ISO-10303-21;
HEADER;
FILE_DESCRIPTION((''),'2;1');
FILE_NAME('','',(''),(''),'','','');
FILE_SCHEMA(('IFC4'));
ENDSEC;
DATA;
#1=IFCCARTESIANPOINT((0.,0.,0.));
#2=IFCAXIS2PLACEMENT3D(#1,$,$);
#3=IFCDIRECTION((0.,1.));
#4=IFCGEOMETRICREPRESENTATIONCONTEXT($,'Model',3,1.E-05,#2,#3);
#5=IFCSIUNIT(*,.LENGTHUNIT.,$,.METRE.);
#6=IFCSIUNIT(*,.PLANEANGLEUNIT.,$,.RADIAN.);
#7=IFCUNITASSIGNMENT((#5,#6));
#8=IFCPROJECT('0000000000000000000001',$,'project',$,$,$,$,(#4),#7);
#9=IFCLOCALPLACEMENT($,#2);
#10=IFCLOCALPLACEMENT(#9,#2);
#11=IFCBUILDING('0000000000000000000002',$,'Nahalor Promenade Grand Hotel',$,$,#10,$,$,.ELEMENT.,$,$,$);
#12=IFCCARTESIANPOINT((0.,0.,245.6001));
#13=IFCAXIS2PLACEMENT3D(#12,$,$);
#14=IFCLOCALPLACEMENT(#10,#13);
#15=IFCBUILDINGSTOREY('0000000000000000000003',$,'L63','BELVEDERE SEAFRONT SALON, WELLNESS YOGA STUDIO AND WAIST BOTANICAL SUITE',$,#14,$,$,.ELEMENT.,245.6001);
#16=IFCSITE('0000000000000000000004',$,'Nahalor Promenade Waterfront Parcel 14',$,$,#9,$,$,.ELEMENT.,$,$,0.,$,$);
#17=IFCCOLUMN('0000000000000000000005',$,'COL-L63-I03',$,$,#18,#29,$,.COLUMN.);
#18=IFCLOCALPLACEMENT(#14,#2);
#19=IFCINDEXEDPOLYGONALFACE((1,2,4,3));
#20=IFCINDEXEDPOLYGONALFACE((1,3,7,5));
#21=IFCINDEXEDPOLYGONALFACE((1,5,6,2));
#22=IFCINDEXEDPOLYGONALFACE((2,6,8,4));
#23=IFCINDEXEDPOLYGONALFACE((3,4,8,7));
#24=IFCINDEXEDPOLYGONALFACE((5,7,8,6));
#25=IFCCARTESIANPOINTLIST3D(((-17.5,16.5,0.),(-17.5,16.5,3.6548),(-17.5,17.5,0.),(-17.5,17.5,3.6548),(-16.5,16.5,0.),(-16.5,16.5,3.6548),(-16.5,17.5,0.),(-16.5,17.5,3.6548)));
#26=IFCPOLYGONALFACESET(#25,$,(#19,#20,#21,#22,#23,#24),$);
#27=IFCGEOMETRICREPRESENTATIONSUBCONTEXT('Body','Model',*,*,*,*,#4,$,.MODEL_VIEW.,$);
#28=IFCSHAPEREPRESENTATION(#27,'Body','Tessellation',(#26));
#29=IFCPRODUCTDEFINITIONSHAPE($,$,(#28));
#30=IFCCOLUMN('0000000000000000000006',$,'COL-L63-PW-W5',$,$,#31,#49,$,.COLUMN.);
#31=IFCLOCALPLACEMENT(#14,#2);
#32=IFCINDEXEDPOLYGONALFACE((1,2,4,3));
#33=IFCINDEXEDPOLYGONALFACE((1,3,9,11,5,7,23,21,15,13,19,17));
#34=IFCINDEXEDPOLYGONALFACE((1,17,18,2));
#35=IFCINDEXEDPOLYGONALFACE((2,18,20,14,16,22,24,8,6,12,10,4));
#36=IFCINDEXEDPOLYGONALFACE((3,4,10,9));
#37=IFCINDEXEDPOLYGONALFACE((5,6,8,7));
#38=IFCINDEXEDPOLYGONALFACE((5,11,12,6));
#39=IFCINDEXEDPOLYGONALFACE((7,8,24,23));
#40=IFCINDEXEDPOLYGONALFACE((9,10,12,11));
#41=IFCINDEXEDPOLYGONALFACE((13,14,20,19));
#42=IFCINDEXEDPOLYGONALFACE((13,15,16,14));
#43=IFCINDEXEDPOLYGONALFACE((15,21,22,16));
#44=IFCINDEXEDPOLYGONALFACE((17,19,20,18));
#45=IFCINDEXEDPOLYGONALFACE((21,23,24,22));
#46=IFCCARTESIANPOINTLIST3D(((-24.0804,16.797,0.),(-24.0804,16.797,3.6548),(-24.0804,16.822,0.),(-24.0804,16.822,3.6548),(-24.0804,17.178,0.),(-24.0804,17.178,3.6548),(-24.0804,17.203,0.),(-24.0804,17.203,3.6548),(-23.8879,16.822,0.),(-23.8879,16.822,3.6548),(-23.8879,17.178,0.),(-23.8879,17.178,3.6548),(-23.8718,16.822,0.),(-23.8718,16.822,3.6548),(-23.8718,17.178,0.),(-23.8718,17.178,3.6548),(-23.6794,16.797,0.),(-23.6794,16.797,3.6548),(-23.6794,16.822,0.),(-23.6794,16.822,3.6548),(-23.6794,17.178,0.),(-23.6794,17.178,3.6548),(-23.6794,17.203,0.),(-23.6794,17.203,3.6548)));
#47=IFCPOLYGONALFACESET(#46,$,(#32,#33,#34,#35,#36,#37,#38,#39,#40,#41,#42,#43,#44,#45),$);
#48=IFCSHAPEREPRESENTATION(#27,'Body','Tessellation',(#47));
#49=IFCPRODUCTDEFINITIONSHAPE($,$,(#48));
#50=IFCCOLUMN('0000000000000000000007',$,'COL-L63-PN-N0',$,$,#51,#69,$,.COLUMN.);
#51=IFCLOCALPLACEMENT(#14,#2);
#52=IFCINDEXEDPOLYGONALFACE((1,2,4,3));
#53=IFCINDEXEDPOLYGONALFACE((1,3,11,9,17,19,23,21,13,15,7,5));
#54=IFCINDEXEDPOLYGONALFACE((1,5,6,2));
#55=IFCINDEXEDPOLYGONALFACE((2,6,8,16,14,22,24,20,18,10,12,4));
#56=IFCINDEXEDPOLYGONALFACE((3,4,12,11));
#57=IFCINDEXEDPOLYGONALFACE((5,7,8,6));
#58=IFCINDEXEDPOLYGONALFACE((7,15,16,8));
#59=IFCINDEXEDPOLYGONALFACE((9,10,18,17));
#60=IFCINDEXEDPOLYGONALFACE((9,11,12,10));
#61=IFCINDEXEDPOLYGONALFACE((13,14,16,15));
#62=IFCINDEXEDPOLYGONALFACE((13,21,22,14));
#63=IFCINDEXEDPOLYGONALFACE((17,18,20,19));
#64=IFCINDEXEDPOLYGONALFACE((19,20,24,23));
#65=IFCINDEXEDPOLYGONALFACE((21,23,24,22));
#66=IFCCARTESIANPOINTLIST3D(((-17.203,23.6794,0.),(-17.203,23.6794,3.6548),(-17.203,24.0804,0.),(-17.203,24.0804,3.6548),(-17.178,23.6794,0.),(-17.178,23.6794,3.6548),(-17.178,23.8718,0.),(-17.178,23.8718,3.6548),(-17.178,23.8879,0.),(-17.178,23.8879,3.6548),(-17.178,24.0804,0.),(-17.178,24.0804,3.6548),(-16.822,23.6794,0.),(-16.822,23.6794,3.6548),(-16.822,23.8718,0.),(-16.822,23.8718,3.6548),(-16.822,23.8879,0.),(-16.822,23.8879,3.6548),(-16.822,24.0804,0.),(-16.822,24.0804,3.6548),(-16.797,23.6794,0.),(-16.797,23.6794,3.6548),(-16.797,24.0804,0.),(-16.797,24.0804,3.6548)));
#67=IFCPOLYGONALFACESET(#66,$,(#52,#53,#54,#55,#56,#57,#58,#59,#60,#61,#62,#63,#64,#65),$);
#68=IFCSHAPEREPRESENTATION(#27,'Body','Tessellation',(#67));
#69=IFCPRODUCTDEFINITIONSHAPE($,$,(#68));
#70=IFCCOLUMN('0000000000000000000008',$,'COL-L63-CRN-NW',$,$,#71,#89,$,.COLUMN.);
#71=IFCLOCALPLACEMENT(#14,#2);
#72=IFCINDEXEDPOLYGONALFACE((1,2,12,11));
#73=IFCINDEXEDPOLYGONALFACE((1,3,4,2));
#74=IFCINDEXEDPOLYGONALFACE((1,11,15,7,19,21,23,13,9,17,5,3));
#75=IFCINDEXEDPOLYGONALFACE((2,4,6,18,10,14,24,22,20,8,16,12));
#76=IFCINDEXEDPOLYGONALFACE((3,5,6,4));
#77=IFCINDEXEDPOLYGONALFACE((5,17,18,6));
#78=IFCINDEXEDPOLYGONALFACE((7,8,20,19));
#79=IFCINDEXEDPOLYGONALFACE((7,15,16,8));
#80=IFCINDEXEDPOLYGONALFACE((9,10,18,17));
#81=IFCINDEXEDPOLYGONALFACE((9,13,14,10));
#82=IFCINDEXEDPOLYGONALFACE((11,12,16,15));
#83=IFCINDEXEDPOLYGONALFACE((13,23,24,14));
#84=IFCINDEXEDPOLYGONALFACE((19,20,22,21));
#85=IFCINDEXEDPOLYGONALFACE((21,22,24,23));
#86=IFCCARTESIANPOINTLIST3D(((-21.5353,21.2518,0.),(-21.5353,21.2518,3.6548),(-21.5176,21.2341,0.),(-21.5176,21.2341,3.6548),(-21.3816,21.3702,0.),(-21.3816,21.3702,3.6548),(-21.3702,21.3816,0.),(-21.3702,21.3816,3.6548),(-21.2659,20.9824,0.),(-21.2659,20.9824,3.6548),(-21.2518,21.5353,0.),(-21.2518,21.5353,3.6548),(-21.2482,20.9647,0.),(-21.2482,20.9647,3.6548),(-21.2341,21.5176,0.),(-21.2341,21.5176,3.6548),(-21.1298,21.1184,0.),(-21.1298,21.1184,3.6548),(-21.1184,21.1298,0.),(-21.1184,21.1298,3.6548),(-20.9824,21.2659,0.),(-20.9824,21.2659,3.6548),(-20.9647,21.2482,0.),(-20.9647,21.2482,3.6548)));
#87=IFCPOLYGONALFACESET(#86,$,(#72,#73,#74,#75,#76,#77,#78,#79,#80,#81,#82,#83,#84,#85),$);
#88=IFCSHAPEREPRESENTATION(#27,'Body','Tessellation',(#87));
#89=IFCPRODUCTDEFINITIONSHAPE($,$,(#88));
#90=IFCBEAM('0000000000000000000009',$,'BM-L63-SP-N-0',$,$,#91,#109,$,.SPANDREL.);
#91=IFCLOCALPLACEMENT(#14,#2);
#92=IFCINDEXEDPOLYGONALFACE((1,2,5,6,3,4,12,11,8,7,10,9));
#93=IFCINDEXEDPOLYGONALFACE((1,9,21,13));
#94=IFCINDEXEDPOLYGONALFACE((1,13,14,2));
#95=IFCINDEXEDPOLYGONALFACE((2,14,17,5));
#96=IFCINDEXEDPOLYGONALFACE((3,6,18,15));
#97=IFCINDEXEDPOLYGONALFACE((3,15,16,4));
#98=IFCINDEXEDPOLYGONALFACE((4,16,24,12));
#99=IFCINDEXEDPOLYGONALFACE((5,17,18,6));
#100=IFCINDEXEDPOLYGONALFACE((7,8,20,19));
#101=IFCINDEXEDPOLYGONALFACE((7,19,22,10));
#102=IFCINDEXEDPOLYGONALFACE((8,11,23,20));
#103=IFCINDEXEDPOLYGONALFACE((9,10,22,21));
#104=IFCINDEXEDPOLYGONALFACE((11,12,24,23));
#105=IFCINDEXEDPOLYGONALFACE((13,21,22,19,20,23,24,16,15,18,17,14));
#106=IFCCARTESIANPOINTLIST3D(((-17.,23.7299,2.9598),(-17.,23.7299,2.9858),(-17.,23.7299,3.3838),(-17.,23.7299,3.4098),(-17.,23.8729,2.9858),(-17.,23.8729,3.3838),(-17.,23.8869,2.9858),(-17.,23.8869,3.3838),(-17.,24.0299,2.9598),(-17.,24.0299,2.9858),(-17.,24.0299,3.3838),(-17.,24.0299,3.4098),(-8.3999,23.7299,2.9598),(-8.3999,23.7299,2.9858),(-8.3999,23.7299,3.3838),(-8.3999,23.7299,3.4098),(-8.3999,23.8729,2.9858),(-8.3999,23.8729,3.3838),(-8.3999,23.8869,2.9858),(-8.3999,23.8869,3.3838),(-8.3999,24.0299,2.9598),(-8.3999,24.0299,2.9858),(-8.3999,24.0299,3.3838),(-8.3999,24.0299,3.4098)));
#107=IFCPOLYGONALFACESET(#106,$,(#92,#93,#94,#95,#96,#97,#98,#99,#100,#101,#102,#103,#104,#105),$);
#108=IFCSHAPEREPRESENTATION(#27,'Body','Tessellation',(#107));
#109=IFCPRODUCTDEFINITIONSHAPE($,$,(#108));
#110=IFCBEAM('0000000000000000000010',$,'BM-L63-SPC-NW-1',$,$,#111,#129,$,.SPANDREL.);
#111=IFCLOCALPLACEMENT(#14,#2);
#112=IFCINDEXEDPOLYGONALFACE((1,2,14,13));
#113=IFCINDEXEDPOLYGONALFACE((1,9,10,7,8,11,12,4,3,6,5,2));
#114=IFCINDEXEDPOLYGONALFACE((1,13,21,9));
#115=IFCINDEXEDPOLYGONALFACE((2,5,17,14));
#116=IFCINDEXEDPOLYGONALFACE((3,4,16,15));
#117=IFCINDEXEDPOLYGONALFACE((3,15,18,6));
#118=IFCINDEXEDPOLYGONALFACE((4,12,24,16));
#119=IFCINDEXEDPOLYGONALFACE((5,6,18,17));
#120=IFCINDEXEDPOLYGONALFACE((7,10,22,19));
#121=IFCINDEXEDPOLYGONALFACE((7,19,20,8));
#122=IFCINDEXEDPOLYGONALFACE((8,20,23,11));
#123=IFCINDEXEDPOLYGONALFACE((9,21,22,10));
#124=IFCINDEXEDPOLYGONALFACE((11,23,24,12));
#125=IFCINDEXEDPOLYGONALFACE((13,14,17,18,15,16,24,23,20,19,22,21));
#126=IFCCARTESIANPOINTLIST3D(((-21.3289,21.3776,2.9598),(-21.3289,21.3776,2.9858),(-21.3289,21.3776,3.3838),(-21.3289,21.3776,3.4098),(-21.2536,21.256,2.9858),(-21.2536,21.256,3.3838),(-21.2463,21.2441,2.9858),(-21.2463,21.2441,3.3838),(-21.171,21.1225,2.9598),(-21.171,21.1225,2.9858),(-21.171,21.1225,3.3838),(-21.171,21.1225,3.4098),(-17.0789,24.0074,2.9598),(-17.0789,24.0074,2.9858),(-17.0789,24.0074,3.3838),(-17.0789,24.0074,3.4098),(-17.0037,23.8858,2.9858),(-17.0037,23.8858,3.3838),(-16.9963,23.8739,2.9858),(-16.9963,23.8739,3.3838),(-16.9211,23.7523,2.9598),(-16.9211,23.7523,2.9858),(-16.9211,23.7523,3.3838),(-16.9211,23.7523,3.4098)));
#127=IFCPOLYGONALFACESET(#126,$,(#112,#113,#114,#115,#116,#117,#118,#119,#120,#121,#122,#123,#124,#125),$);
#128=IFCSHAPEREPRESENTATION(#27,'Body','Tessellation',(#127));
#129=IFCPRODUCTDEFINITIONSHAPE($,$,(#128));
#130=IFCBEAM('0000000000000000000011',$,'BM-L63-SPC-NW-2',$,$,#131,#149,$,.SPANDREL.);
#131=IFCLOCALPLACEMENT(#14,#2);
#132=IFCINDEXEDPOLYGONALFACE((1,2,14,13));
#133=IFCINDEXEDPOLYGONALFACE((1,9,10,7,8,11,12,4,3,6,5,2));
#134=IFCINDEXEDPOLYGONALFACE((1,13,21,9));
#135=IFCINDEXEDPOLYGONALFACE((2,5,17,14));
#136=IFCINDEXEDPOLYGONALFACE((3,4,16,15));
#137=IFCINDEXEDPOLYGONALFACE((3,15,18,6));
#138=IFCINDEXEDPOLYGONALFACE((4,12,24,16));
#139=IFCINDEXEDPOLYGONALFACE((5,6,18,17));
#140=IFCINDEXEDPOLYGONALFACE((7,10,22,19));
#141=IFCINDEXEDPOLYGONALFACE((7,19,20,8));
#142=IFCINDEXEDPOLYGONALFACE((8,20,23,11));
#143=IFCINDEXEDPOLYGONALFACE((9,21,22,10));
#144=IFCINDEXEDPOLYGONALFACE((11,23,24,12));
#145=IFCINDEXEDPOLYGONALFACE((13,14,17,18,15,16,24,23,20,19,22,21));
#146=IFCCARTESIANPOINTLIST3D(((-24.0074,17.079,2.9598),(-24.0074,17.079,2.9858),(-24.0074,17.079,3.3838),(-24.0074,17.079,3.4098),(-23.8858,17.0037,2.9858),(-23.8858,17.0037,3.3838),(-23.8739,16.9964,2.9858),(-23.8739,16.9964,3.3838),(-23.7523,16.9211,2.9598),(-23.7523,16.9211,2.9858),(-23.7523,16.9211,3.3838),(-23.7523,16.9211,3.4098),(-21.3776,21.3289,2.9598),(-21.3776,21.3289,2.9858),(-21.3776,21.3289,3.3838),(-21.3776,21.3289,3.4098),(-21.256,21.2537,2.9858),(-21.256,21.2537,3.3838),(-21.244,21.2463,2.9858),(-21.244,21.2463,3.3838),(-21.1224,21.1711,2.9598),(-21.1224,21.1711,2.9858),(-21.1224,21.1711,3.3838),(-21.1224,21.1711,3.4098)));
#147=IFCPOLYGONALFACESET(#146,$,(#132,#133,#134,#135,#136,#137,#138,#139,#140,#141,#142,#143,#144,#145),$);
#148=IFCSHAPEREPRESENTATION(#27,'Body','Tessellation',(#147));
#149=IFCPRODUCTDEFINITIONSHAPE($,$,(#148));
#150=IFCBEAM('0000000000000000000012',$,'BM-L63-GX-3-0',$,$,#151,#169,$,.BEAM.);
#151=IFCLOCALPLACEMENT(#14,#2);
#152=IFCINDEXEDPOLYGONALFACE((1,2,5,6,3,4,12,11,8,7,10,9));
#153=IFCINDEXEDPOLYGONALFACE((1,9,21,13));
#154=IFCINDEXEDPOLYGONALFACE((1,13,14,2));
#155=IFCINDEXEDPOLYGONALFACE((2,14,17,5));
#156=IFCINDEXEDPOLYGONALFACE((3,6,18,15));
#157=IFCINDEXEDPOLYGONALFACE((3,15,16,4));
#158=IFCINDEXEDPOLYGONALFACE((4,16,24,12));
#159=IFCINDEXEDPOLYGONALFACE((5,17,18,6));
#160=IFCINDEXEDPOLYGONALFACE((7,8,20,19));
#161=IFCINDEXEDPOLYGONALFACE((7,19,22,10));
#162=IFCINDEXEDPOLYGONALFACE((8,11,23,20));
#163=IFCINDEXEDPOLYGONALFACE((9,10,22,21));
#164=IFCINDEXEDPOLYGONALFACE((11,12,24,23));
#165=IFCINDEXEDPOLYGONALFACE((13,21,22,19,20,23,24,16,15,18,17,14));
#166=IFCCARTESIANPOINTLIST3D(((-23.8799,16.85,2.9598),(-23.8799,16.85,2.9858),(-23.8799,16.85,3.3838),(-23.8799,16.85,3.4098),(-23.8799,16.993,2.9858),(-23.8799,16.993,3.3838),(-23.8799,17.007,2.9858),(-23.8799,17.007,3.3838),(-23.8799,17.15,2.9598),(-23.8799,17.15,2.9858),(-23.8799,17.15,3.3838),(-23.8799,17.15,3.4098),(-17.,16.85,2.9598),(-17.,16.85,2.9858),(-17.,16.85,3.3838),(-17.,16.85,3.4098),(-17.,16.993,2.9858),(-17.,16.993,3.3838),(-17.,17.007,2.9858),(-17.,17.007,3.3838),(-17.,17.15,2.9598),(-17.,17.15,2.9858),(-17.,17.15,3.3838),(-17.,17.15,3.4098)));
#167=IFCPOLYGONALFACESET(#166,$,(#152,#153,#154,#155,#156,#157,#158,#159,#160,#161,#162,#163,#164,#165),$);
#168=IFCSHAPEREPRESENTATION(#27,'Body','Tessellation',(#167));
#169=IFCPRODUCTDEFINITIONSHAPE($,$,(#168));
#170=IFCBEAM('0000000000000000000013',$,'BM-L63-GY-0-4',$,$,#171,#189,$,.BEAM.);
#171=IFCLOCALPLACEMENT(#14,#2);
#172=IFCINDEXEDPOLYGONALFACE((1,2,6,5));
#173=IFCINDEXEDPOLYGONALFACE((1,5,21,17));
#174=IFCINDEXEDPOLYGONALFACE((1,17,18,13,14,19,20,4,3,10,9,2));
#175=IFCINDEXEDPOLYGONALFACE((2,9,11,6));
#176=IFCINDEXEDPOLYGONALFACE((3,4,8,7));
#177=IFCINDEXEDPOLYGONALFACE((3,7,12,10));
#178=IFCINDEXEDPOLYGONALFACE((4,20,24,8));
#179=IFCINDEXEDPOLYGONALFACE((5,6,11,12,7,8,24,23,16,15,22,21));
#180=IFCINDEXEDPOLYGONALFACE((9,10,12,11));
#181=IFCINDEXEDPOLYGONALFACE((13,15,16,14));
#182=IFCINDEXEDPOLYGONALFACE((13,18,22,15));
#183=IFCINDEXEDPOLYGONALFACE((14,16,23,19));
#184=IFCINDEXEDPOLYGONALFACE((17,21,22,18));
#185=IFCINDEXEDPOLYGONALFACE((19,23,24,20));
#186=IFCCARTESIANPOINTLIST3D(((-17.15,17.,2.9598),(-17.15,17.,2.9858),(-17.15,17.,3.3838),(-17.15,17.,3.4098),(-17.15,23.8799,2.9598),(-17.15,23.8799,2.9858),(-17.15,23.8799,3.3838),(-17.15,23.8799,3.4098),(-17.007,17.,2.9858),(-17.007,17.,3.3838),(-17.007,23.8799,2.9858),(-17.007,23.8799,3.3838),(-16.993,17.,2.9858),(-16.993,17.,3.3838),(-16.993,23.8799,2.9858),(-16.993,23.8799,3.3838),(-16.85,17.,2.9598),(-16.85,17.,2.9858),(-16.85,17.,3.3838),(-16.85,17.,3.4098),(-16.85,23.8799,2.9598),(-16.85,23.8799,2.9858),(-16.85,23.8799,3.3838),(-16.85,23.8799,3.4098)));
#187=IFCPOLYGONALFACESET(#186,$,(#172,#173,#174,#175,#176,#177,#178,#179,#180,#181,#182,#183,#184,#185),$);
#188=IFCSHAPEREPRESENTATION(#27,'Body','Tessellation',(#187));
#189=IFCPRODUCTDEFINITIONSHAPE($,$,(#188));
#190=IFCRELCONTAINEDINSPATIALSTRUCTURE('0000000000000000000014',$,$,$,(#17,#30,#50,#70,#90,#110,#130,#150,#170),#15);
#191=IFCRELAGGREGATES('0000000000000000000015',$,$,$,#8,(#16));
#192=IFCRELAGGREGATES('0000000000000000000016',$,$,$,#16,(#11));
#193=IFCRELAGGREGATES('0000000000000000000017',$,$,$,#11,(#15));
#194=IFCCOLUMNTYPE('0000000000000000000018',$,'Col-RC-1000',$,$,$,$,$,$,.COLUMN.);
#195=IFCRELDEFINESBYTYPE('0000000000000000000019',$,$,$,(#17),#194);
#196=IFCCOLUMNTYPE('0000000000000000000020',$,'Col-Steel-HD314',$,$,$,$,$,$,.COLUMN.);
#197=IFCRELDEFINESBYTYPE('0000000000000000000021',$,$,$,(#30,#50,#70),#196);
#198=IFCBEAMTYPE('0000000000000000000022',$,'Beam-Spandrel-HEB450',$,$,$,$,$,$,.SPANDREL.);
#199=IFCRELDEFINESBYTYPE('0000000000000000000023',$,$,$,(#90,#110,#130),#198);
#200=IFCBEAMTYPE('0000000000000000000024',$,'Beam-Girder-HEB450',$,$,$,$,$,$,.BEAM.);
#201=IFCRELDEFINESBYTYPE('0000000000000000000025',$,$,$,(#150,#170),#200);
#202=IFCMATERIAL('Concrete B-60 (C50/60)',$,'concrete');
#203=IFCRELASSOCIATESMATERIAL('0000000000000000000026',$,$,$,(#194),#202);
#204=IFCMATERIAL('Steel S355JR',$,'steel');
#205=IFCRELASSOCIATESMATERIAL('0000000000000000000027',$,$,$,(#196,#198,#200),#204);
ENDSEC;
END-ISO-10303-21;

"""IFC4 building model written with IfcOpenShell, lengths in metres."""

from ifc_helpers import new_model, si_unit, direction, frame, origin, origin_2d, place, context, subcontext, project, spatial, rectangle, i_section, extrude, source, transform, mapped, material, material_profile, profile_set, type_object, element, save


model = new_model("IFC4")

# Units and contexts
model_context = context("Model", 3, precision=1e-05, world=origin(), true_north=direction((0.0, 1.0)))
body_context = subcontext(model_context, "Body", "Model", "MODEL_VIEW")
ifc_project = project(units=[si_unit("LENGTHUNIT", "METRE"), si_unit("PLANEANGLEUNIT", "RADIAN")], contexts=[model_context])

# Site, building, storey
site_placement = place(None, origin())
site = spatial("IfcSite", under=ifc_project, at=site_placement, Name="Nahalor Promenade Waterfront Parcel 14", CompositionType="ELEMENT", RefElevation=0.0)
building_placement = place(site_placement, origin())
building = spatial("IfcBuilding", under=site, at=building_placement, Name="Nahalor Promenade Grand Hotel", CompositionType="ELEMENT")
storey_placement = place(building_placement, frame((0.0, 0.0, 245.6001)))
storey = spatial("IfcBuildingStorey", under=building, at=storey_placement, Name="L63", Description="BELVEDERE SEAFRONT SALON, WELLNESS YOGA STUDIO AND WAIST BOTANICAL SUITE", CompositionType="ELEMENT", Elevation=245.6001)

# Columns
ifc_material_1 = material(Name="Concrete B-60 (C50/60)", Category="concrete")
ifc_material_profile_1 = material_profile(ifc_material_1, rectangle(XDim=1.0, YDim=1.0, at=origin_2d()), Name="RC 1000x1000")
ifc_profile_set_1 = profile_set([ifc_material_profile_1], Name="Concrete B-60 (C50/60)")
column_type_1 = type_object("IfcColumnType", Name="Col-RC-1000", PredefinedType="COLUMN", material=ifc_profile_set_1)
shared_shape_1 = source(origin(), body_context, "Body", "SweptSolid", [
    extrude(rectangle(XDim=1.0, YDim=1.0, at=origin_2d()), origin(), (0.0, 0.0, 1.0), 3.6548),
])
column_placement = place(storey_placement, frame((-17.0, 17.0, 0.0), z_axis=(0.0, 0.0, 1.0), x_axis=(1.0, 0.0, 0.0)))
element("IfcColumn", 1, at=column_placement, inside=storey, type_object=column_type_1, Name="COL-L63-I03", PredefinedType="COLUMN", context=body_context, shape_type="MappedRepresentation", body=[
    mapped(shared_shape_1, transform((0.0, 0.0, 0.0), scale=1.0)),
])
ifc_material_2 = material(Name="Steel S355JR", Category="steel")
ifc_material_profile_2 = material_profile(ifc_material_2, i_section(OverallWidth=0.401, OverallDepth=0.406, WebThickness=0.0161, FlangeThickness=0.025, at=origin_2d()), Name="HD 400x314")
ifc_profile_set_2 = profile_set([ifc_material_profile_2], Name="Steel S355JR")
column_type_2 = type_object("IfcColumnType", Name="Col-Steel-HD314", PredefinedType="COLUMN", material=ifc_profile_set_2)
shared_shape_2 = source(origin(), body_context, "Body", "SweptSolid", [
    extrude(i_section(OverallWidth=0.401, OverallDepth=0.406, WebThickness=0.0161, FlangeThickness=0.025, at=origin_2d()), origin(), (0.0, 0.0, 1.0), 3.6548),
])
for number, where, z_axis, x_axis, name in (
    (2, (-23.8799, 17.0, 0.0), (0.0, 0.0, 1.0), (1.0, 0.0, 0.0), "COL-L63-PW-W5"),
    (3, (-17.0, 23.8799, 0.0), (0.0, 0.0, 1.0), (0.0, 1.0, 0.0), "COL-L63-PN-N0"),
    (4, (-21.25, 21.25, 0.0), (0.0, 0.0, 1.0), (0.707107, 0.707107, 0.0), "COL-L63-CRN-NW"),
):
    element("IfcColumn", number, at=place(storey_placement, frame(where, z_axis=z_axis, x_axis=x_axis)), inside=storey, type_object=column_type_2, Name=name, PredefinedType="COLUMN", context=body_context, shape_type="MappedRepresentation", body=[
        mapped(shared_shape_2, transform((0.0, 0.0, 0.0), scale=1.0)),
    ])

# Beams
ifc_material_profile_3 = material_profile(ifc_material_2, i_section(OverallWidth=0.3, OverallDepth=0.45, WebThickness=0.014, FlangeThickness=0.026, at=origin_2d()), Name="HEB 450")
ifc_profile_set_3 = profile_set([ifc_material_profile_3], Name="Steel S355JR")
beam_type_1 = type_object("IfcBeamType", Name="Beam-Spandrel-HEB450", PredefinedType="SPANDREL", material=ifc_profile_set_3)
shared_shape_3 = source(origin(), body_context, "Body", "SweptSolid", [
    extrude(i_section(OverallWidth=0.3, OverallDepth=0.45, WebThickness=0.014, FlangeThickness=0.026, at=origin_2d()), origin(), (0.0, 0.0, 1.0), 8.6001),
])
beam_1_placement = place(storey_placement, frame((-17.0, 23.8799, 3.1848), z_axis=(1.0, 0.0, 0.0), x_axis=(0.0, 1.0, 0.0)))
element("IfcBeam", 5, at=beam_1_placement, inside=storey, type_object=beam_type_1, Name="BM-L63-SP-N-0", PredefinedType="SPANDREL", context=body_context, shape_type="MappedRepresentation", body=[
    mapped(shared_shape_3, transform((0.0, 0.0, 0.0), scale=1.0)),
])
shared_shape_4 = source(origin(), body_context, "Body", "SweptSolid", [
    extrude(i_section(OverallWidth=0.3, OverallDepth=0.45, WebThickness=0.014, FlangeThickness=0.026, at=origin_2d()), origin(), (0.0, 0.0, 1.0), 4.9978),
])
for number, where, z_axis, x_axis, name in (
    (6, (-17.0, 23.8799, 3.1848), (-0.850361, -0.5262, 0.0), (0.5262, -0.850361, 0.0), "BM-L63-SPC-NW-1"),
    (7, (-21.25, 21.25, 3.1848), (-0.5262, -0.850361, 0.0), (0.850361, -0.5262, 0.0), "BM-L63-SPC-NW-2"),
):
    element("IfcBeam", number, at=place(storey_placement, frame(where, z_axis=z_axis, x_axis=x_axis)), inside=storey, type_object=beam_type_1, Name=name, PredefinedType="SPANDREL", context=body_context, shape_type="MappedRepresentation", body=[
        mapped(shared_shape_4, transform((0.0, 0.0, 0.0), scale=1.0)),
    ])
ifc_material_profile_4 = material_profile(ifc_material_2, i_section(OverallWidth=0.3, OverallDepth=0.45, WebThickness=0.014, FlangeThickness=0.026, at=origin_2d()), Name="HEB 450")
ifc_profile_set_4 = profile_set([ifc_material_profile_4], Name="Steel S355JR")
beam_type_2 = type_object("IfcBeamType", Name="Beam-Girder-HEB450", PredefinedType="BEAM", material=ifc_profile_set_4)
shared_shape_5 = source(origin(), body_context, "Body", "SweptSolid", [
    extrude(i_section(OverallWidth=0.3, OverallDepth=0.45, WebThickness=0.014, FlangeThickness=0.026, at=origin_2d()), origin(), (0.0, 0.0, 1.0), 6.8799),
])
for number, where, z_axis, x_axis, name in (
    (8, (-23.8799, 17.0, 3.1848), (1.0, 0.0, 0.0), (0.0, 1.0, 0.0), "BM-L63-GX-3-0"),
    (9, (-17.0, 17.0, 3.1848), (0.0, 1.0, 0.0), (-1.0, 0.0, 0.0), "BM-L63-GY-0-4"),
):
    element("IfcBeam", number, at=place(storey_placement, frame(where, z_axis=z_axis, x_axis=x_axis)), inside=storey, type_object=beam_type_2, Name=name, PredefinedType="BEAM", context=body_context, shape_type="MappedRepresentation", body=[
        mapped(shared_shape_5, transform((0.0, 0.0, 0.0), scale=1.0)),
    ])

save(model, "model.ifc")
